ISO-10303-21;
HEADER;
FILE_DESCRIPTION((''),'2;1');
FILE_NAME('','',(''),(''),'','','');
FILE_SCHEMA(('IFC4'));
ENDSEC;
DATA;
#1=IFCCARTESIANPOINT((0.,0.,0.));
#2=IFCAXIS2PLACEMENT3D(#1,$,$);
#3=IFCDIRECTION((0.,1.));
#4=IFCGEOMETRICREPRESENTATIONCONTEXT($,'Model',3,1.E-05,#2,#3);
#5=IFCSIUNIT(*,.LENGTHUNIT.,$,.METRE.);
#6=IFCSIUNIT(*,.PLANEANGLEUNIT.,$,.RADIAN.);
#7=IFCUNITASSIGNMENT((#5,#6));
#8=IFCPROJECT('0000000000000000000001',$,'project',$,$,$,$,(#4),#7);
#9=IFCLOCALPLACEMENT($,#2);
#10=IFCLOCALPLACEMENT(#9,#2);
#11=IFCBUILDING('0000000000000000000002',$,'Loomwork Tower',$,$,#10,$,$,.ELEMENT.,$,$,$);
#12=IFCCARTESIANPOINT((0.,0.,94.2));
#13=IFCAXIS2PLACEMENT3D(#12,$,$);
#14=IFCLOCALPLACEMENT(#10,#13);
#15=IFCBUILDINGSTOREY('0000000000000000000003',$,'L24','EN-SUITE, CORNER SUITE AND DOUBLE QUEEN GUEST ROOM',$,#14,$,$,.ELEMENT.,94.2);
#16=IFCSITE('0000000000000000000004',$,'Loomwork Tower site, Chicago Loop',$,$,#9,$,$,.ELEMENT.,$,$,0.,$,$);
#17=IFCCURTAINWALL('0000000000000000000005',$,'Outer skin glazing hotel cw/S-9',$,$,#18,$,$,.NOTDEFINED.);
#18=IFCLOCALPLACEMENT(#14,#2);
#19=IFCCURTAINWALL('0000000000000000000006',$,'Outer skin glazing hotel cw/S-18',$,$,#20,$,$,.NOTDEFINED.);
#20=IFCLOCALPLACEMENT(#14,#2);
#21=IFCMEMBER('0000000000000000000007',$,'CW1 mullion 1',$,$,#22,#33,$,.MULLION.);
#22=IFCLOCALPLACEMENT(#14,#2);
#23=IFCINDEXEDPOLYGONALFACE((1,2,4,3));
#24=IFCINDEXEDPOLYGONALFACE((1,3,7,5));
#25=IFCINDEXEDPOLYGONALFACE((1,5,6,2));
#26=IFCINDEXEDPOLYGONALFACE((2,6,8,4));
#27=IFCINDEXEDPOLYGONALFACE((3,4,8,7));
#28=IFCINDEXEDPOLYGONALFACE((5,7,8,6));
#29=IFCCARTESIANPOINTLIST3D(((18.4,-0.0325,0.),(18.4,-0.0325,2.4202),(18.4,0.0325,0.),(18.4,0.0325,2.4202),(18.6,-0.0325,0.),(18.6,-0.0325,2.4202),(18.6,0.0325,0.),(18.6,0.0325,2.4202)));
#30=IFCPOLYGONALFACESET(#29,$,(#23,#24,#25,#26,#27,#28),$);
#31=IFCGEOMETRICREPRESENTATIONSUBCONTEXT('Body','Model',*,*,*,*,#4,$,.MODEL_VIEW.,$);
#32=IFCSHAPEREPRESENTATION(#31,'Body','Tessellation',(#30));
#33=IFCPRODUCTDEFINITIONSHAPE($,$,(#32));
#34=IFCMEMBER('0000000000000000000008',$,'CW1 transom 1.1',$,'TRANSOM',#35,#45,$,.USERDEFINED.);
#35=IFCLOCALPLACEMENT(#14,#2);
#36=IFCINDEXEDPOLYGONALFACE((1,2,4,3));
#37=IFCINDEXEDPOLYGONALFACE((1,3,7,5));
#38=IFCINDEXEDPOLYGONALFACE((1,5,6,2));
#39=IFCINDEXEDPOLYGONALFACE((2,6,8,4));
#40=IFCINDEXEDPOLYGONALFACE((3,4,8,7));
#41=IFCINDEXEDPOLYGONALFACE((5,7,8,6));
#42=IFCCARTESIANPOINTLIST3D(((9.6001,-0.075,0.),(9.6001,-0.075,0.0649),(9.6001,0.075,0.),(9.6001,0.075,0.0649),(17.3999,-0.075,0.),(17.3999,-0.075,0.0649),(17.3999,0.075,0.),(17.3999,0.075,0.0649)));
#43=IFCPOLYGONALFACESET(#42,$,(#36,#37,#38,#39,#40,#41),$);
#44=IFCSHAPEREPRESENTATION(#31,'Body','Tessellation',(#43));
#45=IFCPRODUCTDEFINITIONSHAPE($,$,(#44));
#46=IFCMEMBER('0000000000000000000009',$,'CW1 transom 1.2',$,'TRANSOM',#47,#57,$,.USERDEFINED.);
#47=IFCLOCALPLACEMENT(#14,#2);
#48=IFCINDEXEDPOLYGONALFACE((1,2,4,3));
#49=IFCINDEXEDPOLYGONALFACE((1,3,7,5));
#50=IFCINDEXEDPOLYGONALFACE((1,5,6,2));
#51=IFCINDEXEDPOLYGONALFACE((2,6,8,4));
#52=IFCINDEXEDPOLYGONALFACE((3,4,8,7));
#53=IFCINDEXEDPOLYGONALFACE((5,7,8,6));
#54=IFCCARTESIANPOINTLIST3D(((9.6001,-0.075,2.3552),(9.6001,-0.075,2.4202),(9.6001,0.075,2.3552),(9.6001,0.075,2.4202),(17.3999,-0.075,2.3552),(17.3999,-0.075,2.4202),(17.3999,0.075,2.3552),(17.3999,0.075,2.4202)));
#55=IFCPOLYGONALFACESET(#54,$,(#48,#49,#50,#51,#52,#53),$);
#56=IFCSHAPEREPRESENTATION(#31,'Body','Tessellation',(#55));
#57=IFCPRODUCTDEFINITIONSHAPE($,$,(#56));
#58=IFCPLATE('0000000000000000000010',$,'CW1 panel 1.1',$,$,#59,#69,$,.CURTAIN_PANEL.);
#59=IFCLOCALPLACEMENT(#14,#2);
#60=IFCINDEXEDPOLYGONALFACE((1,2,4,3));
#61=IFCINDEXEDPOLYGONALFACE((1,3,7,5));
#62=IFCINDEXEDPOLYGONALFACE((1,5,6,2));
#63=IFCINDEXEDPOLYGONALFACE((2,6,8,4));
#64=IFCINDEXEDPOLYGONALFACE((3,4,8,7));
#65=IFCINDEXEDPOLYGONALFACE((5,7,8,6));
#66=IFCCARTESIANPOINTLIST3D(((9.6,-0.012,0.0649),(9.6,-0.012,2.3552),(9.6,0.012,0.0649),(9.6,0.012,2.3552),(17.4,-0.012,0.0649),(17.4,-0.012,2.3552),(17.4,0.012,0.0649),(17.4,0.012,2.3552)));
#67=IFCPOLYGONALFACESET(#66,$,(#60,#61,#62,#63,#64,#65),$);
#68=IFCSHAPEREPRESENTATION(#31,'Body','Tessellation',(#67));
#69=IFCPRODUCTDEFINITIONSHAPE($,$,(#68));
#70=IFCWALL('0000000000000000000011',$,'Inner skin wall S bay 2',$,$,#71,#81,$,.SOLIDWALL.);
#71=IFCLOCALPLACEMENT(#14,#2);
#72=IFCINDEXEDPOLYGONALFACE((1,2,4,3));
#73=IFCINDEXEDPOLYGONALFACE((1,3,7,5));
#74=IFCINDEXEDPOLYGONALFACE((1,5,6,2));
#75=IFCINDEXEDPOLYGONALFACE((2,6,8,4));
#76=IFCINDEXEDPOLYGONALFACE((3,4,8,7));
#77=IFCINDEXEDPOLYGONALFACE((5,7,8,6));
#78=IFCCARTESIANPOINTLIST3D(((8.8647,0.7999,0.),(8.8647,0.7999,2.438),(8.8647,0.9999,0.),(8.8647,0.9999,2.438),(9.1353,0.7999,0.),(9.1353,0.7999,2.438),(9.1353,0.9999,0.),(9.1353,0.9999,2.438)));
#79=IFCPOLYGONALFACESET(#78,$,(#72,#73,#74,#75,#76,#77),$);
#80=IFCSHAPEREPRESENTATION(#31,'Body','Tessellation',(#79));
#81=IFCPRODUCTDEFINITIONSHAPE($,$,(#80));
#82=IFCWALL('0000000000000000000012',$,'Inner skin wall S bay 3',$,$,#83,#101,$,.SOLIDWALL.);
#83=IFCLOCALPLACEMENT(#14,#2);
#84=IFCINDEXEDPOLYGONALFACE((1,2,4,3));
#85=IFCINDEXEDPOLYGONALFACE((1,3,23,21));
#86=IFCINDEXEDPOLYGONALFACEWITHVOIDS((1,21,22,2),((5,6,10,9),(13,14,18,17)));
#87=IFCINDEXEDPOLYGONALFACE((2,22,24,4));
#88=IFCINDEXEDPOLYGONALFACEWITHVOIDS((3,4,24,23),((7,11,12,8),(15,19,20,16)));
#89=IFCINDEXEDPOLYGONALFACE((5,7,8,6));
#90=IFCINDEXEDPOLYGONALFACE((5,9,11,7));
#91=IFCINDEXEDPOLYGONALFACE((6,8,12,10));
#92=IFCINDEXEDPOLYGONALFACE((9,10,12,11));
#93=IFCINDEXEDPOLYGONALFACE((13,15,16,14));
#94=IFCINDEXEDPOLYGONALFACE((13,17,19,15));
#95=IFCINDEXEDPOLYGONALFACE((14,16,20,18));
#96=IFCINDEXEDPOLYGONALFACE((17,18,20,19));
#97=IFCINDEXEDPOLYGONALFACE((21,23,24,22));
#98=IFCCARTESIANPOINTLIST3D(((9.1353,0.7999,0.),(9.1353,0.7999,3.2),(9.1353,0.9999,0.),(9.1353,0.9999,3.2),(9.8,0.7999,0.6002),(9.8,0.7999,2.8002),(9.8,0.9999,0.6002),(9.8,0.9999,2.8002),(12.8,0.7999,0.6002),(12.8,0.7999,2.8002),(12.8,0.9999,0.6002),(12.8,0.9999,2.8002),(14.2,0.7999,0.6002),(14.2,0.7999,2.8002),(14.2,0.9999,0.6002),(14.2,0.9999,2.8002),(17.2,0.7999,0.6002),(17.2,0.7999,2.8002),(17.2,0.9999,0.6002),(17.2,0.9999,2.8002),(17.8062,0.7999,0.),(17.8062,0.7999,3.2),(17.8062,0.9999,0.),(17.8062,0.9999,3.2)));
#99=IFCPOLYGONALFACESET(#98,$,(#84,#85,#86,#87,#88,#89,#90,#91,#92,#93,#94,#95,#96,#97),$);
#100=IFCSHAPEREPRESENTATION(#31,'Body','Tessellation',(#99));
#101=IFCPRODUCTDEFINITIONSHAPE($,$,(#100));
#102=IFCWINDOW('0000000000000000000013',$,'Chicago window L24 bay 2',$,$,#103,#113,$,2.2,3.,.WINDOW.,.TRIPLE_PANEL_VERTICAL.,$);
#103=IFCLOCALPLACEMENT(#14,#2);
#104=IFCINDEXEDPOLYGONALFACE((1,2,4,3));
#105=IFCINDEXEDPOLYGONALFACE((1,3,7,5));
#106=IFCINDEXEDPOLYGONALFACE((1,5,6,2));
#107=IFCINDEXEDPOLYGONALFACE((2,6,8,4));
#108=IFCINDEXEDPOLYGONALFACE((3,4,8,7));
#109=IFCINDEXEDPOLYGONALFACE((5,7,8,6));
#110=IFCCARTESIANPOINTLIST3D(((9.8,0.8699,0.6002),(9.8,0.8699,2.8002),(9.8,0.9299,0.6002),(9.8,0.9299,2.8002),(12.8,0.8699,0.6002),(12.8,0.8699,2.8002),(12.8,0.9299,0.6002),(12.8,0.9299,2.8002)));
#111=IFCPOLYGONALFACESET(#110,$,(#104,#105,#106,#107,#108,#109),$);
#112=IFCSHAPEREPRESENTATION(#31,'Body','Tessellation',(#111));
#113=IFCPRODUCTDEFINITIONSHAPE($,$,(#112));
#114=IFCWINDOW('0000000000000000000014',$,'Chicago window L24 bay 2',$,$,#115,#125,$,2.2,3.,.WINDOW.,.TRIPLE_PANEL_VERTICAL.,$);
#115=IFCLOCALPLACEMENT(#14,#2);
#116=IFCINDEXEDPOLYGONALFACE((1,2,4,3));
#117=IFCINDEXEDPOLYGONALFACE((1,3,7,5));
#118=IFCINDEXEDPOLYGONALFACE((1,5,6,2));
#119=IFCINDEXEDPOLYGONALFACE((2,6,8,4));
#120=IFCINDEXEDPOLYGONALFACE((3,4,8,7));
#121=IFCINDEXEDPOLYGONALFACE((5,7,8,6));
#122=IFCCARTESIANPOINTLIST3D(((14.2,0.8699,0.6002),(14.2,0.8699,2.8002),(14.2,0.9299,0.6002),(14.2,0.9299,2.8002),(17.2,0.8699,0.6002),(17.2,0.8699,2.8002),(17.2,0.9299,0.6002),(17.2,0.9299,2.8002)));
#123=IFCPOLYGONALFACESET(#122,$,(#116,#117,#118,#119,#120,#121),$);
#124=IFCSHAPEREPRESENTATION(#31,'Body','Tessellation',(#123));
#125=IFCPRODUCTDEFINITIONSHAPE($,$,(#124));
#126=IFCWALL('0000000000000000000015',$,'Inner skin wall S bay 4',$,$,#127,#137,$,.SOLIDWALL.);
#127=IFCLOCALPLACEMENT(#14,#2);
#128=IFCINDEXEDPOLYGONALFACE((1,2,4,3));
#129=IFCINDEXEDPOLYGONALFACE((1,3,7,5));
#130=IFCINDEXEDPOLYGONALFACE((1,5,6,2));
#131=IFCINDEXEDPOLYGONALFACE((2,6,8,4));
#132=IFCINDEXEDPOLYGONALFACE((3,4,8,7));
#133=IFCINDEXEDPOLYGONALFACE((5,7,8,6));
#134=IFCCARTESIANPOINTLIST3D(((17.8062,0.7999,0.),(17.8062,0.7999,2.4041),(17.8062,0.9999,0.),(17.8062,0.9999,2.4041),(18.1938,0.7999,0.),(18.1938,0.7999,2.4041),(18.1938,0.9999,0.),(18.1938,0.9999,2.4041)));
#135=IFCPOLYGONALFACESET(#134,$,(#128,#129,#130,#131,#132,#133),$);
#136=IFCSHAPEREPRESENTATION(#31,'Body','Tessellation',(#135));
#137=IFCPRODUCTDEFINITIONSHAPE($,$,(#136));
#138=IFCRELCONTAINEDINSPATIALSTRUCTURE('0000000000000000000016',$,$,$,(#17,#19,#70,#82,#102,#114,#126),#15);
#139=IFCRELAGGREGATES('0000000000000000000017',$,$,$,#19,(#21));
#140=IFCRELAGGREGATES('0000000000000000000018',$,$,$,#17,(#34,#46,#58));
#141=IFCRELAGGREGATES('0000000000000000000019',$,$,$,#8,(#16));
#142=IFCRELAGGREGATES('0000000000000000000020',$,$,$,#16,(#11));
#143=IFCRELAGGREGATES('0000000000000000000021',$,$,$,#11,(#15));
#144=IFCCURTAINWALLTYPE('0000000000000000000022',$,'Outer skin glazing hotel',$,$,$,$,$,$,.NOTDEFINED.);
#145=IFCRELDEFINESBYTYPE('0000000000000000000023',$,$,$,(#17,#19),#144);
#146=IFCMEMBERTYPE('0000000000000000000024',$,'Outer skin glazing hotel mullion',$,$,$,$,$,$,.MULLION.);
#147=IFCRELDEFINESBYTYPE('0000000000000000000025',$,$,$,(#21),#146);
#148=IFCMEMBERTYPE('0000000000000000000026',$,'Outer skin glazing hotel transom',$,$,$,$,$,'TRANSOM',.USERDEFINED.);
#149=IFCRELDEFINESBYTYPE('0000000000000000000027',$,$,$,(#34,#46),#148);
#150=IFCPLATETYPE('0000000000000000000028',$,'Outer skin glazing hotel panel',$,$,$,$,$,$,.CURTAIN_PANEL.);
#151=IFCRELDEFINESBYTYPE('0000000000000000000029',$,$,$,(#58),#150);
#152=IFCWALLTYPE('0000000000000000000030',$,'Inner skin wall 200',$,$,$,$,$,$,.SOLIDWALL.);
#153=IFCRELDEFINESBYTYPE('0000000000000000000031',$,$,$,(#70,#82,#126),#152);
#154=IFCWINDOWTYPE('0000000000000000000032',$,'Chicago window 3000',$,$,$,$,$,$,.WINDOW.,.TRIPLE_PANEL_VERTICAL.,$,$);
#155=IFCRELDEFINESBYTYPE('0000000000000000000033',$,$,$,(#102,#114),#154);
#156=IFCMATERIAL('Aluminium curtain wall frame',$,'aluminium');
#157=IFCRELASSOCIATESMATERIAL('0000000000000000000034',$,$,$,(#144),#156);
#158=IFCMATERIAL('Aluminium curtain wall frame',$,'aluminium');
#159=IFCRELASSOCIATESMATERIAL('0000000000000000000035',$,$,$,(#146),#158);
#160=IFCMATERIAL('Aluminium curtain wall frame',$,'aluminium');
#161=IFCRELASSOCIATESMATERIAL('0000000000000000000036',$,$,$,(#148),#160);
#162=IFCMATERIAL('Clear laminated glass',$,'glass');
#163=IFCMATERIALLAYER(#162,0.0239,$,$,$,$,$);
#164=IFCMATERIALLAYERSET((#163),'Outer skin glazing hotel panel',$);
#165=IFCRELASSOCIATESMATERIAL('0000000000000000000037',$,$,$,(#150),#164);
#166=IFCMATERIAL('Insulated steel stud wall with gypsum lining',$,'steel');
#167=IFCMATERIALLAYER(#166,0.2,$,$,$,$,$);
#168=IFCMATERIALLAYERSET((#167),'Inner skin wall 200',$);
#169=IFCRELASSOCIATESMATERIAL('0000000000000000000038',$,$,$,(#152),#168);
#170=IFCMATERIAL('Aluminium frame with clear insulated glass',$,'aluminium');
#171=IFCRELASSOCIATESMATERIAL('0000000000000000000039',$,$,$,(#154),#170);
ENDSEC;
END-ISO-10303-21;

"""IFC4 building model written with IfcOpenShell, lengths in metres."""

from ifc_helpers import new_model, si_unit, direction, frame, frame_2d, origin, origin_2d, place, context, subcontext, project, spatial, rectangle, extrude, material, layer, layer_set, material_profile, profile_set, type_object, element, fill, aggregate, save


model = new_model("IFC4")

# Units and contexts
model_context = context("Model", 3, precision=1e-05, world=origin(), true_north=direction((0.0, 1.0)))
body_context = subcontext(model_context, "Body", "Model", "MODEL_VIEW")
ifc_project = project(units=[si_unit("LENGTHUNIT", "METRE"), si_unit("PLANEANGLEUNIT", "RADIAN")], contexts=[model_context])

# Site, building, storey
site_placement = place(None, origin())
site = spatial("IfcSite", under=ifc_project, at=site_placement, Name="Loomwork Tower site, Chicago Loop", CompositionType="ELEMENT", RefElevation=0.0)
building_placement = place(site_placement, origin())
building = spatial("IfcBuilding", under=site, at=building_placement, Name="Loomwork Tower", CompositionType="ELEMENT")
storey_placement = place(building_placement, frame((0.0, 0.0, 94.2)))
storey = spatial("IfcBuildingStorey", under=building, at=storey_placement, Name="L24", Description="EN-SUITE, CORNER SUITE AND DOUBLE QUEEN GUEST ROOM", CompositionType="ELEMENT", Elevation=94.2)

# Shared definitions
ifc_material_1 = material(Name="Aluminium curtain wall frame", Category="aluminium")
curtain_wall_type = type_object("IfcCurtainWallType", Name="Outer skin glazing hotel", PredefinedType="NOTDEFINED", material=ifc_material_1)
ifc_material_2 = material(Name="Aluminium curtain wall frame", Category="aluminium")
ifc_material_profile_1 = material_profile(ifc_material_2, rectangle(XDim=0.0649, YDim=0.2, at=origin_2d()), Name="AL 65x200")
ifc_profile_set_1 = profile_set([ifc_material_profile_1], Name="Aluminium curtain wall frame")
member_type_1 = type_object("IfcMemberType", Name="Outer skin glazing hotel mullion", PredefinedType="MULLION", material=ifc_profile_set_1)

# Curtain wall
curtain_wall_1_placement = place(storey_placement, origin())
curtain_wall_1 = element("IfcCurtainWall", 1, at=curtain_wall_1_placement, inside=storey, type_object=curtain_wall_type, Name="Outer skin glazing hotel cw/S-9", PredefinedType="NOTDEFINED")

# Curtain wall, member
curtain_wall_2_placement = place(storey_placement, origin())
curtain_wall_2 = element("IfcCurtainWall", 2, at=curtain_wall_2_placement, inside=storey, type_object=curtain_wall_type, Name="Outer skin glazing hotel cw/S-18", PredefinedType="NOTDEFINED")
member_1_placement = place(storey_placement, frame((18.5, 0.0, 0.0), z_axis=(0.0, 0.0, 1.0), x_axis=(0.0, 1.0, 0.0)))
member_1 = element("IfcMember", 3, at=member_1_placement, type_object=member_type_1, Name="CW1 mullion 1", PredefinedType="MULLION", context=body_context, shape_type="SweptSolid", body=[
    extrude(rectangle(XDim=0.0649, YDim=0.2, at=origin_2d()), origin(), (0.0, 0.0, 1.0), 2.4202),
])
aggregate(curtain_wall_2, [member_1])

# Members
ifc_material_3 = material(Name="Aluminium curtain wall frame", Category="aluminium")
ifc_material_profile_2 = material_profile(ifc_material_3, rectangle(XDim=0.1499, YDim=0.0649, at=origin_2d()), Name="AL 65x150")
ifc_profile_set_2 = profile_set([ifc_material_profile_2], Name="Aluminium curtain wall frame")
member_type_2 = type_object("IfcMemberType", Name="Outer skin glazing hotel transom", ElementType="TRANSOM", PredefinedType="USERDEFINED", material=ifc_profile_set_2)
member_2_placement = place(storey_placement, frame((9.6001, 0.0, 0.0325), z_axis=(1.0, 0.0, 0.0), x_axis=(0.0, 1.0, 0.0)))
member_2 = element("IfcMember", 4, at=member_2_placement, type_object=member_type_2, Name="CW1 transom 1.1", ObjectType="TRANSOM", PredefinedType="USERDEFINED", context=body_context, shape_type="SweptSolid", body=[
    extrude(rectangle(XDim=0.1499, YDim=0.0649, at=origin_2d()), origin(), (0.0, 0.0, 1.0), 7.7998),
])
member_3_placement = place(storey_placement, frame((9.6001, 0.0, 2.3877), z_axis=(1.0, 0.0, 0.0), x_axis=(0.0, 1.0, 0.0)))
member_3 = element("IfcMember", 5, at=member_3_placement, type_object=member_type_2, Name="CW1 transom 1.2", ObjectType="TRANSOM", PredefinedType="USERDEFINED", context=body_context, shape_type="SweptSolid", body=[
    extrude(rectangle(XDim=0.1499, YDim=0.0649, at=origin_2d()), origin(), (0.0, 0.0, 1.0), 7.7998),
])

# Plate
ifc_material_4 = material(Name="Clear laminated glass", Category="glass")
ifc_layer_1 = layer(ifc_material_4, 0.0239)
ifc_layer_set_1 = layer_set([ifc_layer_1], Name="Outer skin glazing hotel panel")
plate_type = type_object("IfcPlateType", Name="Outer skin glazing hotel panel", PredefinedType="CURTAIN_PANEL", material=ifc_layer_set_1)
plate_placement = place(storey_placement, frame((13.5, 0.0, 0.0649), z_axis=(0.0, 0.0, 1.0), x_axis=(1.0, 0.0, 0.0)))
plate = element("IfcPlate", 6, at=plate_placement, type_object=plate_type, Name="CW1 panel 1.1", PredefinedType="CURTAIN_PANEL", context=body_context, shape_type="SweptSolid", body=[
    extrude(rectangle(XDim=7.8, YDim=0.0239, at=origin_2d()), origin(), (0.0, 0.0, 1.0), 2.2903),
])
aggregate(curtain_wall_1, [member_2, member_3, plate])

# Wall
ifc_material_5 = material(Name="Insulated steel stud wall with gypsum lining", Category="steel")
ifc_layer_2 = layer(ifc_material_5, 0.2)
ifc_layer_set_2 = layer_set([ifc_layer_2], Name="Inner skin wall 200")
wall_type = type_object("IfcWallType", Name="Inner skin wall 200", PredefinedType="SOLIDWALL", material=ifc_layer_set_2)
wall_1_placement = place(storey_placement, frame((8.8647, 0.8999, 0.0), z_axis=(0.0, 0.0, 1.0), x_axis=(1.0, 0.0, 0.0)))
element("IfcWall", 7, at=wall_1_placement, inside=storey, type_object=wall_type, Name="Inner skin wall S bay 2", PredefinedType="SOLIDWALL", context=body_context, shape_type="SweptSolid", body=[
    extrude(rectangle(XDim=0.2705, YDim=0.2, at=frame_2d((0.1353, 0.0))), origin(), (0.0, 0.0, 1.0), 2.438),
])

# Wall, openings, windows
wall_2_placement = place(storey_placement, frame((9.1353, 0.8999, 0.0), z_axis=(0.0, 0.0, 1.0), x_axis=(1.0, 0.0, 0.0)))
wall_2 = element("IfcWall", 8, at=wall_2_placement, inside=storey, type_object=wall_type, Name="Inner skin wall S bay 3", PredefinedType="SOLIDWALL", context=body_context, shape_type="SweptSolid", body=[
    extrude(rectangle(XDim=8.6709, YDim=0.2, at=frame_2d((4.3354, 0.0))), origin(), (0.0, 0.0, 1.0), 3.2),
])
opening_1_placement = place(wall_2_placement, frame((0.6648, 0.0, 0.6001)))
opening_1 = element("IfcOpeningElement", 9, at=opening_1_placement, cuts=wall_2, PredefinedType="OPENING", context=body_context, shape_type="SweptSolid", body=[
    extrude(rectangle(XDim=3.0, YDim=2.2, at=frame_2d((1.5, 1.1001))), frame((0.0, 0.1099, 0.0), z_axis=(0.0, -1.0, 0.0), x_axis=(1.0, 0.0, 0.0)), (0.0, 0.0, 1.0), 0.22),
])
opening_2_placement = place(wall_2_placement, frame((5.0647, 0.0, 0.6001)))
opening_2 = element("IfcOpeningElement", 10, at=opening_2_placement, cuts=wall_2, PredefinedType="OPENING", context=body_context, shape_type="SweptSolid", body=[
    extrude(rectangle(XDim=3.0, YDim=2.2, at=frame_2d((1.5, 1.1001))), frame((0.0, 0.1099, 0.0), z_axis=(0.0, -1.0, 0.0), x_axis=(1.0, 0.0, 0.0)), (0.0, 0.0, 1.0), 0.22),
])
ifc_material_6 = material(Name="Aluminium frame with clear insulated glass", Category="aluminium")
window_type = type_object("IfcWindowType", Name="Chicago window 3000", PartitioningType="TRIPLE_PANEL_VERTICAL", PredefinedType="WINDOW", material=ifc_material_6)
window_1_placement = place(opening_1_placement, origin())
window_1 = element("IfcWindow", 11, at=window_1_placement, inside=storey, type_object=window_type, Name="Chicago window L24 bay 2", OverallHeight=2.2, OverallWidth=3.0, PartitioningType="TRIPLE_PANEL_VERTICAL", PredefinedType="WINDOW", context=body_context, shape_type="SweptSolid", body=[
    extrude(rectangle(XDim=3.0, YDim=2.2, at=frame_2d((1.5, 1.1001))), frame((0.0, 0.03, 0.0), z_axis=(0.0, -1.0, 0.0), x_axis=(1.0, 0.0, 0.0)), (0.0, 0.0, 1.0), 0.0601),
])
fill(opening_1, window_1)
window_2_placement = place(opening_2_placement, origin())
window_2 = element("IfcWindow", 12, at=window_2_placement, inside=storey, type_object=window_type, Name="Chicago window L24 bay 2", OverallHeight=2.2, OverallWidth=3.0, PartitioningType="TRIPLE_PANEL_VERTICAL", PredefinedType="WINDOW", context=body_context, shape_type="SweptSolid", body=[
    extrude(rectangle(XDim=3.0, YDim=2.2, at=frame_2d((1.5, 1.1001))), frame((0.0, 0.03, 0.0), z_axis=(0.0, -1.0, 0.0), x_axis=(1.0, 0.0, 0.0)), (0.0, 0.0, 1.0), 0.0601),
])
fill(opening_2, window_2)

# Wall
wall_3_placement = place(storey_placement, frame((17.8062, 0.8999, 0.0), z_axis=(0.0, 0.0, 1.0), x_axis=(1.0, 0.0, 0.0)))
element("IfcWall", 13, at=wall_3_placement, inside=storey, type_object=wall_type, Name="Inner skin wall S bay 4", PredefinedType="SOLIDWALL", context=body_context, shape_type="SweptSolid", body=[
    extrude(rectangle(XDim=0.3877, YDim=0.2, at=frame_2d((0.1938, 0.0))), origin(), (0.0, 0.0, 1.0), 2.4041),
])

save(model, "model.ifc")
